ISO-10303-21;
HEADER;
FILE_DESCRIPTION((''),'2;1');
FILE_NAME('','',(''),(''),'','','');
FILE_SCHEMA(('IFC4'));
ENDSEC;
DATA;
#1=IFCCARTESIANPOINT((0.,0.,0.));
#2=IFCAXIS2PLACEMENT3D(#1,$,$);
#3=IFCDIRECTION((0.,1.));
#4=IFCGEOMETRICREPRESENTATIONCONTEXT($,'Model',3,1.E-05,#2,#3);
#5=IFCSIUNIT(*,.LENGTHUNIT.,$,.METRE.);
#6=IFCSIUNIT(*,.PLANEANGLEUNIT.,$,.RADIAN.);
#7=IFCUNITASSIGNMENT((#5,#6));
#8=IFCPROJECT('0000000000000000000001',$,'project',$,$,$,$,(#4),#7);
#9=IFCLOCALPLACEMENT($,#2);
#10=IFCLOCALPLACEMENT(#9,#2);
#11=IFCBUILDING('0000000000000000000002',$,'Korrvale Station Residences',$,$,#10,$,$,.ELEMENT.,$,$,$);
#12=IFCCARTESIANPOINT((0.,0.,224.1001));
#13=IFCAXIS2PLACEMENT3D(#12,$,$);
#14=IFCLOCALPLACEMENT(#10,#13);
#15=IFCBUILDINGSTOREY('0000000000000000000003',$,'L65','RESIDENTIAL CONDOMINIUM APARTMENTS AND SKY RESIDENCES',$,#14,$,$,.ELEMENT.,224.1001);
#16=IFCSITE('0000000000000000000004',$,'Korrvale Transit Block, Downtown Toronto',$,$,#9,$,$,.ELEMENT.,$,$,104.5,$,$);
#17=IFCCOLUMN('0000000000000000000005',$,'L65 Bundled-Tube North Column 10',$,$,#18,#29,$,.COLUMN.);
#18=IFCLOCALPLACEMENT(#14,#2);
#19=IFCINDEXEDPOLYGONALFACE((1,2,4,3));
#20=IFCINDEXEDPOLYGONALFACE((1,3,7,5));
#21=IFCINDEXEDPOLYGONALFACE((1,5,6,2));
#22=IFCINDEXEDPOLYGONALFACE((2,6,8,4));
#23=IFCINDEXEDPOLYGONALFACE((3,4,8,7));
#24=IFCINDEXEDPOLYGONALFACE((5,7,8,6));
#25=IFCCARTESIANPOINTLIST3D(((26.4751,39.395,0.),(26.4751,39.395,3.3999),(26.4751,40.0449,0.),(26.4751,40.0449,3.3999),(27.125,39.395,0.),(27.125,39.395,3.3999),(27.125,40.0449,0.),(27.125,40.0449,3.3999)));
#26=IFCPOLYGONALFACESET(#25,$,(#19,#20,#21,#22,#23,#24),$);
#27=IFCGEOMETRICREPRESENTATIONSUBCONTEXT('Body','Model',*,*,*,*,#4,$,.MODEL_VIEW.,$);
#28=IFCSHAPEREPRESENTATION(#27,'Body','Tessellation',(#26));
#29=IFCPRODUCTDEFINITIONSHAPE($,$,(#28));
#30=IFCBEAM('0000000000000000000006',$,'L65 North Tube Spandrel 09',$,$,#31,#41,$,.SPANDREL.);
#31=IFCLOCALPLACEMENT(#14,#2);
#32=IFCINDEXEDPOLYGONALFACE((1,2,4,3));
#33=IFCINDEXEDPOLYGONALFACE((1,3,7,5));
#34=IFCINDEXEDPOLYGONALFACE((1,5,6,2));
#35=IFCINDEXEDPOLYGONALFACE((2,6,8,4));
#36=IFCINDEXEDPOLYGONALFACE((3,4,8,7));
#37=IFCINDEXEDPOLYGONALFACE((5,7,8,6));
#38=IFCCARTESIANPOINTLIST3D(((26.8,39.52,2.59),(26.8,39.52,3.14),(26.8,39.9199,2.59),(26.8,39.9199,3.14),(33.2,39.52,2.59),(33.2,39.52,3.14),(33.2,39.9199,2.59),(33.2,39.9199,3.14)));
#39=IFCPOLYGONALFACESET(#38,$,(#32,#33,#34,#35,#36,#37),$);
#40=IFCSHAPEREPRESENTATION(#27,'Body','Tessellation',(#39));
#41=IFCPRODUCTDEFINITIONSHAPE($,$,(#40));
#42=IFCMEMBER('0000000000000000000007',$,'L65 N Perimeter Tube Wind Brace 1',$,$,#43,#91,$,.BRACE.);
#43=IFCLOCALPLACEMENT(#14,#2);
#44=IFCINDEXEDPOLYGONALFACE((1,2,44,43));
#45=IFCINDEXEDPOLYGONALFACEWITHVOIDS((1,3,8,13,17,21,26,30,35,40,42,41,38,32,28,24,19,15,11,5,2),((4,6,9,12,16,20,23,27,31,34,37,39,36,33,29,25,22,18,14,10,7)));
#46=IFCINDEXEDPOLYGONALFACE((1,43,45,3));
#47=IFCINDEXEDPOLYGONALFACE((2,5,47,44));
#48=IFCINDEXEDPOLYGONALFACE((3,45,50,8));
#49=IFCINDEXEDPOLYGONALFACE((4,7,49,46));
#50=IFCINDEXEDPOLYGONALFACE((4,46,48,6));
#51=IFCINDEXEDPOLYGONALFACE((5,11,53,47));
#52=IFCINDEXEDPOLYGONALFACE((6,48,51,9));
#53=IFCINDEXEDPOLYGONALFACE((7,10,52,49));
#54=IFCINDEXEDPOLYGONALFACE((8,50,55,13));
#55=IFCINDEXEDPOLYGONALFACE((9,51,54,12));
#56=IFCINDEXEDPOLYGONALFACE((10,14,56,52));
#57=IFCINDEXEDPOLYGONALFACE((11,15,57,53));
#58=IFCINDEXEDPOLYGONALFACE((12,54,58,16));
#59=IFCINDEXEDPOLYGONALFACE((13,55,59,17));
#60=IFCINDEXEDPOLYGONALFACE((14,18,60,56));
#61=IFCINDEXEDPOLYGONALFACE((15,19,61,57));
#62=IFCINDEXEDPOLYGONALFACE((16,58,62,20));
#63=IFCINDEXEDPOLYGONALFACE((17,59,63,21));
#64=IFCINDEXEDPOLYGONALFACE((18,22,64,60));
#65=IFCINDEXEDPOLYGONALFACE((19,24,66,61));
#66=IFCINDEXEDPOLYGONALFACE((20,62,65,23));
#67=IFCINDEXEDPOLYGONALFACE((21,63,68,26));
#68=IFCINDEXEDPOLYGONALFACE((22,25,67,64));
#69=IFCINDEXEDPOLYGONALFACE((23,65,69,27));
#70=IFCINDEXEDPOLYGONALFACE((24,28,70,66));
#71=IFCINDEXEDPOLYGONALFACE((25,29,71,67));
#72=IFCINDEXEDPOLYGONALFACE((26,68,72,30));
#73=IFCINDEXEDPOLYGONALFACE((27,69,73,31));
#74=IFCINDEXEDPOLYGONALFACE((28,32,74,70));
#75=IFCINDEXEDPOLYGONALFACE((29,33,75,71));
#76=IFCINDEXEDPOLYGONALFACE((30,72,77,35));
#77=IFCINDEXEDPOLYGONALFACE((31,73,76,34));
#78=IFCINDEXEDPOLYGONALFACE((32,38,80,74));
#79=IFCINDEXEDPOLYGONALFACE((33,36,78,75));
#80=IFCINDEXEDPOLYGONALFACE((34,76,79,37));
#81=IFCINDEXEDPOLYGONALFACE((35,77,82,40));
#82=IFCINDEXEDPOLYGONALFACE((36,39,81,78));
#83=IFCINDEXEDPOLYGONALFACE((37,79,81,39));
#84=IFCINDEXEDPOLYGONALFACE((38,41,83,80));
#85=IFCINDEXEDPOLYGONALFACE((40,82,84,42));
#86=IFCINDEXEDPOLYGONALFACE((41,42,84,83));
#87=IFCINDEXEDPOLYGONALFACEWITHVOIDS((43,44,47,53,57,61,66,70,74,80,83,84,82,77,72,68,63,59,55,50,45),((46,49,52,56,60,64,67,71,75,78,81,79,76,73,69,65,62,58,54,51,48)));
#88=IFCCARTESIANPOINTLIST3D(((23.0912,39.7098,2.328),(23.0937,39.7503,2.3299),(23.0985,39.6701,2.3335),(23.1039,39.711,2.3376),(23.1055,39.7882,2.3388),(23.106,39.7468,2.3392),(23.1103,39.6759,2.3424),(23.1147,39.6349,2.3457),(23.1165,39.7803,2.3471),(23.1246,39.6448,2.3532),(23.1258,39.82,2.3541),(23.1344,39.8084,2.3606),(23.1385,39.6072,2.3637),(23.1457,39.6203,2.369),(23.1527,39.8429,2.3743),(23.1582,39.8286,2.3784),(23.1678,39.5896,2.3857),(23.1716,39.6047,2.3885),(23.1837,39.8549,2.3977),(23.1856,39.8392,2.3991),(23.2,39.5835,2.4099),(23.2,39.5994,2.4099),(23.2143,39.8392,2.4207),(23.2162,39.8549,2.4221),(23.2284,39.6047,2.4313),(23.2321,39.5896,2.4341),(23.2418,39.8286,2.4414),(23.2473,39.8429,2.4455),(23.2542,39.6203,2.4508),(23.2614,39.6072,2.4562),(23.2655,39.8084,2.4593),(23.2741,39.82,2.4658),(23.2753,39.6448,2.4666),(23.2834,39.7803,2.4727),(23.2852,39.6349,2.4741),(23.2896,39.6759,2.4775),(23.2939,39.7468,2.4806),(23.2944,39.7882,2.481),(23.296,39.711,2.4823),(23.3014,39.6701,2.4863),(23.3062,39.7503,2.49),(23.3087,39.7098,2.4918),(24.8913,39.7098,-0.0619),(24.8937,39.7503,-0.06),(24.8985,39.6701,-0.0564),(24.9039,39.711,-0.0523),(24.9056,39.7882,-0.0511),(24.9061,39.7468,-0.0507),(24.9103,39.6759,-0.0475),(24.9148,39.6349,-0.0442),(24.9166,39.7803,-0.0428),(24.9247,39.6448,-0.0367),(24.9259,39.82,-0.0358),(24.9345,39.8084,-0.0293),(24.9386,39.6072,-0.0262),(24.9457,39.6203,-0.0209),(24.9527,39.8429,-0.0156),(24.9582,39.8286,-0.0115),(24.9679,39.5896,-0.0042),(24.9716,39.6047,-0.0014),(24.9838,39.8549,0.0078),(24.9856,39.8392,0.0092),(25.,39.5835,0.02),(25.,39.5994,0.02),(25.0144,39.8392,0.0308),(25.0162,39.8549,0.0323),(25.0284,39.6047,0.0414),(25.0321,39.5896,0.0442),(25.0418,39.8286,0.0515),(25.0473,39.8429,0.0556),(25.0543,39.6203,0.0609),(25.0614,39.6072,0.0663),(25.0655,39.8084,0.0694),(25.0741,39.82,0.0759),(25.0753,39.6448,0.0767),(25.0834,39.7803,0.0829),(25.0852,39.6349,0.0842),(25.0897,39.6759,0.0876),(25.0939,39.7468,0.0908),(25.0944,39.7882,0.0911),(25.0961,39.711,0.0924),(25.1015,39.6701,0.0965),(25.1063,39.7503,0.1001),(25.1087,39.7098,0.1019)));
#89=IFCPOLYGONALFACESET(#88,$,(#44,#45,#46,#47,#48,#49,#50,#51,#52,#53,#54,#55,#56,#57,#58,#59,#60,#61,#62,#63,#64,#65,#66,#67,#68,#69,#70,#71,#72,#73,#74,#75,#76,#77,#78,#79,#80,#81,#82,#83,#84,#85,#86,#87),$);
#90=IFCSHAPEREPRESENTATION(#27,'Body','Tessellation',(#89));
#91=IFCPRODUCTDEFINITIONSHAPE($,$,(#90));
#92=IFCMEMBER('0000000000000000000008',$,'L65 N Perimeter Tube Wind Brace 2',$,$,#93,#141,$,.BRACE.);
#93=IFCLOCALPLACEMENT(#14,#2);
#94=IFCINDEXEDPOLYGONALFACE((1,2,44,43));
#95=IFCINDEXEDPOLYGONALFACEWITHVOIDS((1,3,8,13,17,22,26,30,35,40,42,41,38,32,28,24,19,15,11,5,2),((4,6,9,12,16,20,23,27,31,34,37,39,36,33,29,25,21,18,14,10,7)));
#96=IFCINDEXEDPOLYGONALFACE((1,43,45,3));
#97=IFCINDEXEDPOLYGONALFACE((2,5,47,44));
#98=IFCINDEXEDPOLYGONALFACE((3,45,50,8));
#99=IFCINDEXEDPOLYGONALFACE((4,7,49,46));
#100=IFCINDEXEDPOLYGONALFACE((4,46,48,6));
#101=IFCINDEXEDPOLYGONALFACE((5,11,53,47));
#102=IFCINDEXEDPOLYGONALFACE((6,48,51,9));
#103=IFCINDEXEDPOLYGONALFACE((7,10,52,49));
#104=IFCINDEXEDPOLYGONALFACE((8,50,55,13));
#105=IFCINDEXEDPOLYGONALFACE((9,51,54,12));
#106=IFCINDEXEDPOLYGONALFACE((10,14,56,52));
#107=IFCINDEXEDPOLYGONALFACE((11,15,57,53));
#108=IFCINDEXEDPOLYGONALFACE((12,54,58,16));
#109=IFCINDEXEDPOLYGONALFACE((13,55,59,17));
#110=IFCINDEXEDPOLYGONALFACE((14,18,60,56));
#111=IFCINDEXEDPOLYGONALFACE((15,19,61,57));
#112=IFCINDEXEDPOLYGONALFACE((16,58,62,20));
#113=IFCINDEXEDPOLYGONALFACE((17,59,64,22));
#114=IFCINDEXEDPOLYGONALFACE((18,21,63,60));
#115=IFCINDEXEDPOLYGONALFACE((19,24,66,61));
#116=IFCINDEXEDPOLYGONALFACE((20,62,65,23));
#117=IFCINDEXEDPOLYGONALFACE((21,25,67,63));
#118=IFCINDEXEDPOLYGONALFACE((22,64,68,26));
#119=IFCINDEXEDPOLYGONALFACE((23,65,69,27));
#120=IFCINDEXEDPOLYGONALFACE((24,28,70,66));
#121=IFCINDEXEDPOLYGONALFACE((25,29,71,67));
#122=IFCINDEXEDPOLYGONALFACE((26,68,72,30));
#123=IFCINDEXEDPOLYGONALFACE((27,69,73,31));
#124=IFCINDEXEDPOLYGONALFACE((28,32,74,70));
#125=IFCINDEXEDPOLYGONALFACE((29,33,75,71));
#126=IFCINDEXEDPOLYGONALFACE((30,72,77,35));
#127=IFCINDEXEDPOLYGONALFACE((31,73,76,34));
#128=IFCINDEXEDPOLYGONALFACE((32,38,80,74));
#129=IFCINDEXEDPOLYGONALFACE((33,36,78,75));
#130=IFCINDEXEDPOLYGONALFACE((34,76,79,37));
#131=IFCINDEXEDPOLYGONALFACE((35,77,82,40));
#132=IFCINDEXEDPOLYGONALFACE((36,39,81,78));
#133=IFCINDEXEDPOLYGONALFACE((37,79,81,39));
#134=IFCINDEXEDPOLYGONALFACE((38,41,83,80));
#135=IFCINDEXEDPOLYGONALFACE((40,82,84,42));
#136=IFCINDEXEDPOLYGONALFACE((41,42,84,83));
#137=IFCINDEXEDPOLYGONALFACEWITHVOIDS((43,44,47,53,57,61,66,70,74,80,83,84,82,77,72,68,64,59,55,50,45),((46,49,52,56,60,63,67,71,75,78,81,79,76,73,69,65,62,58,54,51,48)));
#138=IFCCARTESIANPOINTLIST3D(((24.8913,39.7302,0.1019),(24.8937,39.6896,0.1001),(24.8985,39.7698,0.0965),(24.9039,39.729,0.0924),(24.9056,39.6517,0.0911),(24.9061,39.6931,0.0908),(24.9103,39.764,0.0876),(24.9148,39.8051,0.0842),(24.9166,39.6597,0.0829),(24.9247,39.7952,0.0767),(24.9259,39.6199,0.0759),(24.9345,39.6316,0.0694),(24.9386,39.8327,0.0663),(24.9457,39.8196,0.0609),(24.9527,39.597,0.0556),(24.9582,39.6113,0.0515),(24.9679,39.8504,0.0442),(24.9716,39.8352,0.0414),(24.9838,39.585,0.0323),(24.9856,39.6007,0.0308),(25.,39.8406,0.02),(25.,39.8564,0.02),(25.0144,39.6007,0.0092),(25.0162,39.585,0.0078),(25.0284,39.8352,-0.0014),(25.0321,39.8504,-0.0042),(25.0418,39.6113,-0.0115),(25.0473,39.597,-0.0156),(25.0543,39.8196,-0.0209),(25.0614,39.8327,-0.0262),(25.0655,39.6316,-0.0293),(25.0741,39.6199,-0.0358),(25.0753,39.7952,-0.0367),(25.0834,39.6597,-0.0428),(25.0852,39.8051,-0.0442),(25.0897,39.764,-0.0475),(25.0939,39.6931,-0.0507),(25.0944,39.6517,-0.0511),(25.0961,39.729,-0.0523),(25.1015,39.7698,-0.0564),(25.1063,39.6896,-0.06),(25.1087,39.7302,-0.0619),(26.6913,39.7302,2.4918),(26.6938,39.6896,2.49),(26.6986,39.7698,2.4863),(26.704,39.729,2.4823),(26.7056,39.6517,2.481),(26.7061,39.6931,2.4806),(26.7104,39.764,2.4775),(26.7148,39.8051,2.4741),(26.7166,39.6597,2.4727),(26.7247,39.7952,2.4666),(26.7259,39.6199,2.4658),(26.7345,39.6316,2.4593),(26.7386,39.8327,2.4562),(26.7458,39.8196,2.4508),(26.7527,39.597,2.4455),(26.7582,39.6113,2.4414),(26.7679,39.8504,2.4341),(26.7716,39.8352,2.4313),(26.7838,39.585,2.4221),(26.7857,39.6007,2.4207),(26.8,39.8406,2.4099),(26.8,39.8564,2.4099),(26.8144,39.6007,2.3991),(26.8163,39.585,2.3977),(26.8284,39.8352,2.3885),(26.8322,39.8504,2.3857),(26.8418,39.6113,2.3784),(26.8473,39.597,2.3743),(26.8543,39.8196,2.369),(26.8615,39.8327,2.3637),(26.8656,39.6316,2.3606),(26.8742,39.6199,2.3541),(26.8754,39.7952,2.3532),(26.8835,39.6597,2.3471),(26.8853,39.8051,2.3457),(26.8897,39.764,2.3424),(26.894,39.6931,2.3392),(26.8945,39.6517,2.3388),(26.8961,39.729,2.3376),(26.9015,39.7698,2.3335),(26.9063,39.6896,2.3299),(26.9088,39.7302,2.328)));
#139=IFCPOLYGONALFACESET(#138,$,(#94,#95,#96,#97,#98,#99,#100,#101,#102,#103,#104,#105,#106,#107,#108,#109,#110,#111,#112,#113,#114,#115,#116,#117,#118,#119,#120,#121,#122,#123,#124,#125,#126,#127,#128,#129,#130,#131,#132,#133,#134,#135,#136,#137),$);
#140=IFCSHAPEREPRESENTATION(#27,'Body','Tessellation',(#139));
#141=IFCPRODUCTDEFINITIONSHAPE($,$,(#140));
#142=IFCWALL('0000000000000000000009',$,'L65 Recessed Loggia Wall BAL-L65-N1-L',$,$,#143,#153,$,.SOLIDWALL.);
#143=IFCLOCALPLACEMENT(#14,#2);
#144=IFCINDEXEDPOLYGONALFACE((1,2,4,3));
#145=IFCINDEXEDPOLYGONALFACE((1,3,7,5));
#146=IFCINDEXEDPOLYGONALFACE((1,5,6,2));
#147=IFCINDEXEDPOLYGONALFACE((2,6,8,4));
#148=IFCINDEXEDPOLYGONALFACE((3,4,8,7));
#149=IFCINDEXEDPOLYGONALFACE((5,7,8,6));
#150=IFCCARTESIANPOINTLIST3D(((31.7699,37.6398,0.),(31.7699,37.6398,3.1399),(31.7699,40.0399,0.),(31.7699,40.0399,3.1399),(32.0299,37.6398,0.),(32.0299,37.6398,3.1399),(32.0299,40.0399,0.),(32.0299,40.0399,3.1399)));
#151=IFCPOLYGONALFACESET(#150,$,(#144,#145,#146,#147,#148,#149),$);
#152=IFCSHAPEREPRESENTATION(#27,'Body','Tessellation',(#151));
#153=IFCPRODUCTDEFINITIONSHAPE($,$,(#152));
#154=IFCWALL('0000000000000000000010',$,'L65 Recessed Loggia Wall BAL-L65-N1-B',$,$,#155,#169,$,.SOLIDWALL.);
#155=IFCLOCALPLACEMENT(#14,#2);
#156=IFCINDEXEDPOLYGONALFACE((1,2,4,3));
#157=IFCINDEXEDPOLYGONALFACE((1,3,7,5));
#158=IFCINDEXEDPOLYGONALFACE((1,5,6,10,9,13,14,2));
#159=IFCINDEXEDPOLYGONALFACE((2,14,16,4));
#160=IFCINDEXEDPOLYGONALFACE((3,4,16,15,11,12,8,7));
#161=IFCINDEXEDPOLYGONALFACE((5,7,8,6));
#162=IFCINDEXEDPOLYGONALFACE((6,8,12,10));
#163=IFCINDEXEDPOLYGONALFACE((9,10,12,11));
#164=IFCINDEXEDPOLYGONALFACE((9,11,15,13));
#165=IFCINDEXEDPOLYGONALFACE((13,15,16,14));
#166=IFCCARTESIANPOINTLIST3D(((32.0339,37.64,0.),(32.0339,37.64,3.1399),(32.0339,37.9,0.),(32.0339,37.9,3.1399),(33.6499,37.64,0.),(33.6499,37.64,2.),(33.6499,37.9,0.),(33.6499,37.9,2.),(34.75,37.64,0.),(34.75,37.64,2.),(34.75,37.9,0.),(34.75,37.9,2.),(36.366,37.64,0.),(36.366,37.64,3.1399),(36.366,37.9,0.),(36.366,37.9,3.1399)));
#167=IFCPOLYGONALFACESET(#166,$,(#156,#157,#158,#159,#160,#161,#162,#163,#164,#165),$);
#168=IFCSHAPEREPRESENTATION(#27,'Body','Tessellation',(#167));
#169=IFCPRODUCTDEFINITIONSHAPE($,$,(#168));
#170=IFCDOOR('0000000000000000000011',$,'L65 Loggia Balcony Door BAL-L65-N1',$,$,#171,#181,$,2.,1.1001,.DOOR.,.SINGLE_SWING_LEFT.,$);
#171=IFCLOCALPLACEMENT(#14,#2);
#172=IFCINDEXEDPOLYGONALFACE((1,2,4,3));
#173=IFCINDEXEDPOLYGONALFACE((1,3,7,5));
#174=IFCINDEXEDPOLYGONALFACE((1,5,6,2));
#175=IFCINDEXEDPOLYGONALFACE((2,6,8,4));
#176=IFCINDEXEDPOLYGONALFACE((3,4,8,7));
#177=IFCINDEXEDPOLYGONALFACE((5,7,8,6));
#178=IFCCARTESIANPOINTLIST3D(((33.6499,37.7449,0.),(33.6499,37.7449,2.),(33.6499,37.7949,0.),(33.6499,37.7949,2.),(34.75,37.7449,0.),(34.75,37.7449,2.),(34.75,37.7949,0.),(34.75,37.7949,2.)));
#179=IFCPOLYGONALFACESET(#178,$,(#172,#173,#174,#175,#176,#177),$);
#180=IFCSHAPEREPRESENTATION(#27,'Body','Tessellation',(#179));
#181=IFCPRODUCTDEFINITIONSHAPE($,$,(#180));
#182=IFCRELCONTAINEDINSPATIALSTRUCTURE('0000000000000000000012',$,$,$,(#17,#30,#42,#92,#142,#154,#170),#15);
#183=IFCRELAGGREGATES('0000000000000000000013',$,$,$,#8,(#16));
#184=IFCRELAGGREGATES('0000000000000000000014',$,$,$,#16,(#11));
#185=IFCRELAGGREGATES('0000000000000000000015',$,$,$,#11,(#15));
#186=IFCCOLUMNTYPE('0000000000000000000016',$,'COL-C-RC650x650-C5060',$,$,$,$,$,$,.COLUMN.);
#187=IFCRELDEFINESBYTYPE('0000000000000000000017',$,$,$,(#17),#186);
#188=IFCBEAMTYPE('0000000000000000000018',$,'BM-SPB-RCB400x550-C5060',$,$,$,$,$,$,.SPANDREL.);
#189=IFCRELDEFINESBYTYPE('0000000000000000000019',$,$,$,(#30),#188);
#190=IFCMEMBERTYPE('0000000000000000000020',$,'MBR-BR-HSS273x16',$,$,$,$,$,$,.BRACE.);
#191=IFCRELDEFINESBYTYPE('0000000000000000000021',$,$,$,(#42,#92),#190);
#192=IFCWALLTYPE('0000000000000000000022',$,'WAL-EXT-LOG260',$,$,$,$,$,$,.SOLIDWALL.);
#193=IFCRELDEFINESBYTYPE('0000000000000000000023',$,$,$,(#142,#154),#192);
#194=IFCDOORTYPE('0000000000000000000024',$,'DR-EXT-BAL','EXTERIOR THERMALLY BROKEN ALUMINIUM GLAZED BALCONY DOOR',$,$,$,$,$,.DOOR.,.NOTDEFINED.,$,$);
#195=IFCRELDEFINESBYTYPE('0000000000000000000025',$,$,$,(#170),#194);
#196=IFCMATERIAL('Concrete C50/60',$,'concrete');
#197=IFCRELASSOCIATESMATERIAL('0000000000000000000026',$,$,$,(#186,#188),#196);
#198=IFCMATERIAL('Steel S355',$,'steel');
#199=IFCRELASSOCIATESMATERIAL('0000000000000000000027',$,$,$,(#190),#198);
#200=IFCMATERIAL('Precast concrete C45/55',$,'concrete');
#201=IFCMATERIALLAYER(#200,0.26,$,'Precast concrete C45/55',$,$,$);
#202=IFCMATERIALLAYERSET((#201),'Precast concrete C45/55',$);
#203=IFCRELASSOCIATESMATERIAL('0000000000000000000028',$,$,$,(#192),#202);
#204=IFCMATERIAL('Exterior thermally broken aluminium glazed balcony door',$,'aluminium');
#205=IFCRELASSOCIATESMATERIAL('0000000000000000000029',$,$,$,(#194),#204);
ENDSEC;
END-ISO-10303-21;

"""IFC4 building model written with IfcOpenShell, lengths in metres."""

from ifc_helpers import new_model, si_unit, direction, frame, frame_2d, origin, origin_2d, place, context, subcontext, project, spatial, rectangle, hollow_circle, extrude, material, layer, layer_set, material_profile, profile_set, type_object, element, fill, save


model = new_model("IFC4")

# Units and contexts
model_context = context("Model", 3, precision=1e-05, world=origin(), true_north=direction((0.0, 1.0)))
body_context = subcontext(model_context, "Body", "Model", "MODEL_VIEW")
ifc_project = project(units=[si_unit("LENGTHUNIT", "METRE"), si_unit("PLANEANGLEUNIT", "RADIAN")], contexts=[model_context])

# Site, building, storey
site_placement = place(None, origin())
site = spatial("IfcSite", under=ifc_project, at=site_placement, Name="Korrvale Transit Block, Downtown Toronto", CompositionType="ELEMENT", RefElevation=104.5)
building_placement = place(site_placement, origin())
building = spatial("IfcBuilding", under=site, at=building_placement, Name="Korrvale Station Residences", CompositionType="ELEMENT")
storey_placement = place(building_placement, frame((0.0, 0.0, 224.1001)))
storey = spatial("IfcBuildingStorey", under=building, at=storey_placement, Name="L65", Description="RESIDENTIAL CONDOMINIUM APARTMENTS AND SKY RESIDENCES", CompositionType="ELEMENT", Elevation=224.1001)

# Column
ifc_material_1 = material(Name="Concrete C50/60", Category="concrete")
ifc_material_profile_1 = material_profile(ifc_material_1, rectangle(XDim=0.6499, YDim=0.6499, at=origin_2d()), Name="RC650x650")
ifc_profile_set_1 = profile_set([ifc_material_profile_1], Name="Concrete C50/60")
column_type = type_object("IfcColumnType", Name="COL-C-RC650x650-C5060", PredefinedType="COLUMN", material=ifc_profile_set_1)
column_placement = place(storey_placement, frame((26.8, 39.72, 0.0), z_axis=(0.0, 0.0, 1.0), x_axis=(1.0, 0.0, 0.0)))
element("IfcColumn", 1, at=column_placement, inside=storey, type_object=column_type, Name="L65 Bundled-Tube North Column 10", PredefinedType="COLUMN", context=body_context, shape_type="SweptSolid", body=[
    extrude(rectangle(XDim=0.6499, YDim=0.6499, at=origin_2d()), origin(), (0.0, 0.0, 1.0), 3.3999),
])

# Beam
ifc_material_profile_2 = material_profile(ifc_material_1, rectangle(XDim=0.3999, YDim=0.55, at=origin_2d()), Name="RCB400x550")
ifc_profile_set_2 = profile_set([ifc_material_profile_2], Name="Concrete C50/60")
beam_type = type_object("IfcBeamType", Name="BM-SPB-RCB400x550-C5060", PredefinedType="SPANDREL", material=ifc_profile_set_2)
beam_placement = place(storey_placement, frame((26.8, 39.72, 2.865), z_axis=(1.0, 0.0, 0.0), x_axis=(0.0, 1.0, 0.0)))
element("IfcBeam", 2, at=beam_placement, inside=storey, type_object=beam_type, Name="L65 North Tube Spandrel 09", PredefinedType="SPANDREL", context=body_context, shape_type="SweptSolid", body=[
    extrude(rectangle(XDim=0.3999, YDim=0.55, at=origin_2d()), origin(), (0.0, 0.0, 1.0), 6.3999),
])

# Members
ifc_material_2 = material(Name="Steel S355", Category="steel")
ifc_material_profile_3 = material_profile(ifc_material_2, hollow_circle(Radius=0.1365, WallThickness=0.0159, at=origin_2d()), Name="HSS273x16")
ifc_profile_set_3 = profile_set([ifc_material_profile_3], Name="Steel S355")
member_type = type_object("IfcMemberType", Name="MBR-BR-HSS273x16", PredefinedType="BRACE", material=ifc_profile_set_3)
for number, where, z_axis, x_axis, name in (
    (3, (25.0, 39.72, 0.02), (-0.601631, 0.0, 0.798774), (0.0, -1.0, 0.0), "L65 N Perimeter Tube Wind Brace 1"),
    (4, (25.0, 39.72, 0.02), (0.601631, 0.0, 0.798774), (0.0, 1.0, 0.0), "L65 N Perimeter Tube Wind Brace 2"),
):
    element("IfcMember", number, at=place(storey_placement, frame(where, z_axis=z_axis, x_axis=x_axis)), inside=storey, type_object=member_type, Name=name, PredefinedType="BRACE", context=body_context, shape_type="SweptSolid", body=[
        extrude(hollow_circle(Radius=0.1365, WallThickness=0.0159, at=origin_2d()), origin(), (0.0, 0.0, 1.0), 2.9919),
    ])

# Wall
ifc_material_3 = material(Name="Precast concrete C45/55", Category="concrete")
ifc_layer_1 = layer(ifc_material_3, 0.26, Name="Precast concrete C45/55")
ifc_layer_set_1 = layer_set([ifc_layer_1], Name="Precast concrete C45/55")
wall_type_1 = type_object("IfcWallType", Name="WAL-EXT-LOG260", PredefinedType="SOLIDWALL", material=ifc_layer_set_1)
wall_1_placement = place(storey_placement, frame((31.8999, 40.04, 0.0), z_axis=(0.0, 0.0, 1.0), x_axis=(0.0, -1.0, 0.0)))
element("IfcWall", 5, at=wall_1_placement, inside=storey, type_object=wall_type_1, Name="L65 Recessed Loggia Wall BAL-L65-N1-L", PredefinedType="SOLIDWALL", context=body_context, shape_type="SweptSolid", body=[
    extrude(rectangle(XDim=2.4001, YDim=0.26, at=frame_2d((1.2002, 0.0))), origin(), (0.0, 0.0, 1.0), 3.1399),
])

# Wall, opening, door
wall_2_placement = place(storey_placement, frame((32.0339, 37.77, 0.0), z_axis=(0.0, 0.0, 1.0), x_axis=(1.0, 0.0, 0.0)))
wall_2 = element("IfcWall", 6, at=wall_2_placement, inside=storey, type_object=wall_type_1, Name="L65 Recessed Loggia Wall BAL-L65-N1-B", PredefinedType="SOLIDWALL", context=body_context, shape_type="SweptSolid", body=[
    extrude(rectangle(XDim=4.332, YDim=0.26, at=frame_2d((2.166, 0.0))), origin(), (0.0, 0.0, 1.0), 3.1399),
])
opening_1_placement = place(wall_2_placement, frame((1.616, 0.0, 0.0)))
opening_1 = element("IfcOpeningElement", 7, at=opening_1_placement, cuts=wall_2, PredefinedType="OPENING", context=body_context, shape_type="SweptSolid", body=[
    extrude(rectangle(XDim=1.1001, YDim=2.0, at=frame_2d((0.55, 1.0))), frame((0.0, 0.1401, 0.0), z_axis=(0.0, -1.0, 0.0), x_axis=(1.0, 0.0, 0.0)), (0.0, 0.0, 1.0), 0.28),
])
ifc_material_4 = material(Name="Exterior thermally broken aluminium glazed balcony door", Category="aluminium")
door_type_1 = type_object("IfcDoorType", Name="DR-EXT-BAL", Description="EXTERIOR THERMALLY BROKEN ALUMINIUM GLAZED BALCONY DOOR", OperationType="NOTDEFINED", PredefinedType="DOOR", material=ifc_material_4)
door_1_placement = place(opening_1_placement, origin())
door_1 = element("IfcDoor", 8, at=door_1_placement, inside=storey, type_object=door_type_1, Name="L65 Loggia Balcony Door BAL-L65-N1", OperationType="SINGLE_SWING_LEFT", OverallHeight=2.0, OverallWidth=1.1001, PredefinedType="DOOR", context=body_context, shape_type="SweptSolid", body=[
    extrude(rectangle(XDim=1.1001, YDim=2.0, at=frame_2d((0.55, 1.0))), frame((0.0, 0.0249, 0.0), z_axis=(0.0, -1.0, 0.0), x_axis=(1.0, 0.0, 0.0)), (0.0, 0.0, 1.0), 0.05),
])
fill(opening_1, door_1)

save(model, "model.ifc")
